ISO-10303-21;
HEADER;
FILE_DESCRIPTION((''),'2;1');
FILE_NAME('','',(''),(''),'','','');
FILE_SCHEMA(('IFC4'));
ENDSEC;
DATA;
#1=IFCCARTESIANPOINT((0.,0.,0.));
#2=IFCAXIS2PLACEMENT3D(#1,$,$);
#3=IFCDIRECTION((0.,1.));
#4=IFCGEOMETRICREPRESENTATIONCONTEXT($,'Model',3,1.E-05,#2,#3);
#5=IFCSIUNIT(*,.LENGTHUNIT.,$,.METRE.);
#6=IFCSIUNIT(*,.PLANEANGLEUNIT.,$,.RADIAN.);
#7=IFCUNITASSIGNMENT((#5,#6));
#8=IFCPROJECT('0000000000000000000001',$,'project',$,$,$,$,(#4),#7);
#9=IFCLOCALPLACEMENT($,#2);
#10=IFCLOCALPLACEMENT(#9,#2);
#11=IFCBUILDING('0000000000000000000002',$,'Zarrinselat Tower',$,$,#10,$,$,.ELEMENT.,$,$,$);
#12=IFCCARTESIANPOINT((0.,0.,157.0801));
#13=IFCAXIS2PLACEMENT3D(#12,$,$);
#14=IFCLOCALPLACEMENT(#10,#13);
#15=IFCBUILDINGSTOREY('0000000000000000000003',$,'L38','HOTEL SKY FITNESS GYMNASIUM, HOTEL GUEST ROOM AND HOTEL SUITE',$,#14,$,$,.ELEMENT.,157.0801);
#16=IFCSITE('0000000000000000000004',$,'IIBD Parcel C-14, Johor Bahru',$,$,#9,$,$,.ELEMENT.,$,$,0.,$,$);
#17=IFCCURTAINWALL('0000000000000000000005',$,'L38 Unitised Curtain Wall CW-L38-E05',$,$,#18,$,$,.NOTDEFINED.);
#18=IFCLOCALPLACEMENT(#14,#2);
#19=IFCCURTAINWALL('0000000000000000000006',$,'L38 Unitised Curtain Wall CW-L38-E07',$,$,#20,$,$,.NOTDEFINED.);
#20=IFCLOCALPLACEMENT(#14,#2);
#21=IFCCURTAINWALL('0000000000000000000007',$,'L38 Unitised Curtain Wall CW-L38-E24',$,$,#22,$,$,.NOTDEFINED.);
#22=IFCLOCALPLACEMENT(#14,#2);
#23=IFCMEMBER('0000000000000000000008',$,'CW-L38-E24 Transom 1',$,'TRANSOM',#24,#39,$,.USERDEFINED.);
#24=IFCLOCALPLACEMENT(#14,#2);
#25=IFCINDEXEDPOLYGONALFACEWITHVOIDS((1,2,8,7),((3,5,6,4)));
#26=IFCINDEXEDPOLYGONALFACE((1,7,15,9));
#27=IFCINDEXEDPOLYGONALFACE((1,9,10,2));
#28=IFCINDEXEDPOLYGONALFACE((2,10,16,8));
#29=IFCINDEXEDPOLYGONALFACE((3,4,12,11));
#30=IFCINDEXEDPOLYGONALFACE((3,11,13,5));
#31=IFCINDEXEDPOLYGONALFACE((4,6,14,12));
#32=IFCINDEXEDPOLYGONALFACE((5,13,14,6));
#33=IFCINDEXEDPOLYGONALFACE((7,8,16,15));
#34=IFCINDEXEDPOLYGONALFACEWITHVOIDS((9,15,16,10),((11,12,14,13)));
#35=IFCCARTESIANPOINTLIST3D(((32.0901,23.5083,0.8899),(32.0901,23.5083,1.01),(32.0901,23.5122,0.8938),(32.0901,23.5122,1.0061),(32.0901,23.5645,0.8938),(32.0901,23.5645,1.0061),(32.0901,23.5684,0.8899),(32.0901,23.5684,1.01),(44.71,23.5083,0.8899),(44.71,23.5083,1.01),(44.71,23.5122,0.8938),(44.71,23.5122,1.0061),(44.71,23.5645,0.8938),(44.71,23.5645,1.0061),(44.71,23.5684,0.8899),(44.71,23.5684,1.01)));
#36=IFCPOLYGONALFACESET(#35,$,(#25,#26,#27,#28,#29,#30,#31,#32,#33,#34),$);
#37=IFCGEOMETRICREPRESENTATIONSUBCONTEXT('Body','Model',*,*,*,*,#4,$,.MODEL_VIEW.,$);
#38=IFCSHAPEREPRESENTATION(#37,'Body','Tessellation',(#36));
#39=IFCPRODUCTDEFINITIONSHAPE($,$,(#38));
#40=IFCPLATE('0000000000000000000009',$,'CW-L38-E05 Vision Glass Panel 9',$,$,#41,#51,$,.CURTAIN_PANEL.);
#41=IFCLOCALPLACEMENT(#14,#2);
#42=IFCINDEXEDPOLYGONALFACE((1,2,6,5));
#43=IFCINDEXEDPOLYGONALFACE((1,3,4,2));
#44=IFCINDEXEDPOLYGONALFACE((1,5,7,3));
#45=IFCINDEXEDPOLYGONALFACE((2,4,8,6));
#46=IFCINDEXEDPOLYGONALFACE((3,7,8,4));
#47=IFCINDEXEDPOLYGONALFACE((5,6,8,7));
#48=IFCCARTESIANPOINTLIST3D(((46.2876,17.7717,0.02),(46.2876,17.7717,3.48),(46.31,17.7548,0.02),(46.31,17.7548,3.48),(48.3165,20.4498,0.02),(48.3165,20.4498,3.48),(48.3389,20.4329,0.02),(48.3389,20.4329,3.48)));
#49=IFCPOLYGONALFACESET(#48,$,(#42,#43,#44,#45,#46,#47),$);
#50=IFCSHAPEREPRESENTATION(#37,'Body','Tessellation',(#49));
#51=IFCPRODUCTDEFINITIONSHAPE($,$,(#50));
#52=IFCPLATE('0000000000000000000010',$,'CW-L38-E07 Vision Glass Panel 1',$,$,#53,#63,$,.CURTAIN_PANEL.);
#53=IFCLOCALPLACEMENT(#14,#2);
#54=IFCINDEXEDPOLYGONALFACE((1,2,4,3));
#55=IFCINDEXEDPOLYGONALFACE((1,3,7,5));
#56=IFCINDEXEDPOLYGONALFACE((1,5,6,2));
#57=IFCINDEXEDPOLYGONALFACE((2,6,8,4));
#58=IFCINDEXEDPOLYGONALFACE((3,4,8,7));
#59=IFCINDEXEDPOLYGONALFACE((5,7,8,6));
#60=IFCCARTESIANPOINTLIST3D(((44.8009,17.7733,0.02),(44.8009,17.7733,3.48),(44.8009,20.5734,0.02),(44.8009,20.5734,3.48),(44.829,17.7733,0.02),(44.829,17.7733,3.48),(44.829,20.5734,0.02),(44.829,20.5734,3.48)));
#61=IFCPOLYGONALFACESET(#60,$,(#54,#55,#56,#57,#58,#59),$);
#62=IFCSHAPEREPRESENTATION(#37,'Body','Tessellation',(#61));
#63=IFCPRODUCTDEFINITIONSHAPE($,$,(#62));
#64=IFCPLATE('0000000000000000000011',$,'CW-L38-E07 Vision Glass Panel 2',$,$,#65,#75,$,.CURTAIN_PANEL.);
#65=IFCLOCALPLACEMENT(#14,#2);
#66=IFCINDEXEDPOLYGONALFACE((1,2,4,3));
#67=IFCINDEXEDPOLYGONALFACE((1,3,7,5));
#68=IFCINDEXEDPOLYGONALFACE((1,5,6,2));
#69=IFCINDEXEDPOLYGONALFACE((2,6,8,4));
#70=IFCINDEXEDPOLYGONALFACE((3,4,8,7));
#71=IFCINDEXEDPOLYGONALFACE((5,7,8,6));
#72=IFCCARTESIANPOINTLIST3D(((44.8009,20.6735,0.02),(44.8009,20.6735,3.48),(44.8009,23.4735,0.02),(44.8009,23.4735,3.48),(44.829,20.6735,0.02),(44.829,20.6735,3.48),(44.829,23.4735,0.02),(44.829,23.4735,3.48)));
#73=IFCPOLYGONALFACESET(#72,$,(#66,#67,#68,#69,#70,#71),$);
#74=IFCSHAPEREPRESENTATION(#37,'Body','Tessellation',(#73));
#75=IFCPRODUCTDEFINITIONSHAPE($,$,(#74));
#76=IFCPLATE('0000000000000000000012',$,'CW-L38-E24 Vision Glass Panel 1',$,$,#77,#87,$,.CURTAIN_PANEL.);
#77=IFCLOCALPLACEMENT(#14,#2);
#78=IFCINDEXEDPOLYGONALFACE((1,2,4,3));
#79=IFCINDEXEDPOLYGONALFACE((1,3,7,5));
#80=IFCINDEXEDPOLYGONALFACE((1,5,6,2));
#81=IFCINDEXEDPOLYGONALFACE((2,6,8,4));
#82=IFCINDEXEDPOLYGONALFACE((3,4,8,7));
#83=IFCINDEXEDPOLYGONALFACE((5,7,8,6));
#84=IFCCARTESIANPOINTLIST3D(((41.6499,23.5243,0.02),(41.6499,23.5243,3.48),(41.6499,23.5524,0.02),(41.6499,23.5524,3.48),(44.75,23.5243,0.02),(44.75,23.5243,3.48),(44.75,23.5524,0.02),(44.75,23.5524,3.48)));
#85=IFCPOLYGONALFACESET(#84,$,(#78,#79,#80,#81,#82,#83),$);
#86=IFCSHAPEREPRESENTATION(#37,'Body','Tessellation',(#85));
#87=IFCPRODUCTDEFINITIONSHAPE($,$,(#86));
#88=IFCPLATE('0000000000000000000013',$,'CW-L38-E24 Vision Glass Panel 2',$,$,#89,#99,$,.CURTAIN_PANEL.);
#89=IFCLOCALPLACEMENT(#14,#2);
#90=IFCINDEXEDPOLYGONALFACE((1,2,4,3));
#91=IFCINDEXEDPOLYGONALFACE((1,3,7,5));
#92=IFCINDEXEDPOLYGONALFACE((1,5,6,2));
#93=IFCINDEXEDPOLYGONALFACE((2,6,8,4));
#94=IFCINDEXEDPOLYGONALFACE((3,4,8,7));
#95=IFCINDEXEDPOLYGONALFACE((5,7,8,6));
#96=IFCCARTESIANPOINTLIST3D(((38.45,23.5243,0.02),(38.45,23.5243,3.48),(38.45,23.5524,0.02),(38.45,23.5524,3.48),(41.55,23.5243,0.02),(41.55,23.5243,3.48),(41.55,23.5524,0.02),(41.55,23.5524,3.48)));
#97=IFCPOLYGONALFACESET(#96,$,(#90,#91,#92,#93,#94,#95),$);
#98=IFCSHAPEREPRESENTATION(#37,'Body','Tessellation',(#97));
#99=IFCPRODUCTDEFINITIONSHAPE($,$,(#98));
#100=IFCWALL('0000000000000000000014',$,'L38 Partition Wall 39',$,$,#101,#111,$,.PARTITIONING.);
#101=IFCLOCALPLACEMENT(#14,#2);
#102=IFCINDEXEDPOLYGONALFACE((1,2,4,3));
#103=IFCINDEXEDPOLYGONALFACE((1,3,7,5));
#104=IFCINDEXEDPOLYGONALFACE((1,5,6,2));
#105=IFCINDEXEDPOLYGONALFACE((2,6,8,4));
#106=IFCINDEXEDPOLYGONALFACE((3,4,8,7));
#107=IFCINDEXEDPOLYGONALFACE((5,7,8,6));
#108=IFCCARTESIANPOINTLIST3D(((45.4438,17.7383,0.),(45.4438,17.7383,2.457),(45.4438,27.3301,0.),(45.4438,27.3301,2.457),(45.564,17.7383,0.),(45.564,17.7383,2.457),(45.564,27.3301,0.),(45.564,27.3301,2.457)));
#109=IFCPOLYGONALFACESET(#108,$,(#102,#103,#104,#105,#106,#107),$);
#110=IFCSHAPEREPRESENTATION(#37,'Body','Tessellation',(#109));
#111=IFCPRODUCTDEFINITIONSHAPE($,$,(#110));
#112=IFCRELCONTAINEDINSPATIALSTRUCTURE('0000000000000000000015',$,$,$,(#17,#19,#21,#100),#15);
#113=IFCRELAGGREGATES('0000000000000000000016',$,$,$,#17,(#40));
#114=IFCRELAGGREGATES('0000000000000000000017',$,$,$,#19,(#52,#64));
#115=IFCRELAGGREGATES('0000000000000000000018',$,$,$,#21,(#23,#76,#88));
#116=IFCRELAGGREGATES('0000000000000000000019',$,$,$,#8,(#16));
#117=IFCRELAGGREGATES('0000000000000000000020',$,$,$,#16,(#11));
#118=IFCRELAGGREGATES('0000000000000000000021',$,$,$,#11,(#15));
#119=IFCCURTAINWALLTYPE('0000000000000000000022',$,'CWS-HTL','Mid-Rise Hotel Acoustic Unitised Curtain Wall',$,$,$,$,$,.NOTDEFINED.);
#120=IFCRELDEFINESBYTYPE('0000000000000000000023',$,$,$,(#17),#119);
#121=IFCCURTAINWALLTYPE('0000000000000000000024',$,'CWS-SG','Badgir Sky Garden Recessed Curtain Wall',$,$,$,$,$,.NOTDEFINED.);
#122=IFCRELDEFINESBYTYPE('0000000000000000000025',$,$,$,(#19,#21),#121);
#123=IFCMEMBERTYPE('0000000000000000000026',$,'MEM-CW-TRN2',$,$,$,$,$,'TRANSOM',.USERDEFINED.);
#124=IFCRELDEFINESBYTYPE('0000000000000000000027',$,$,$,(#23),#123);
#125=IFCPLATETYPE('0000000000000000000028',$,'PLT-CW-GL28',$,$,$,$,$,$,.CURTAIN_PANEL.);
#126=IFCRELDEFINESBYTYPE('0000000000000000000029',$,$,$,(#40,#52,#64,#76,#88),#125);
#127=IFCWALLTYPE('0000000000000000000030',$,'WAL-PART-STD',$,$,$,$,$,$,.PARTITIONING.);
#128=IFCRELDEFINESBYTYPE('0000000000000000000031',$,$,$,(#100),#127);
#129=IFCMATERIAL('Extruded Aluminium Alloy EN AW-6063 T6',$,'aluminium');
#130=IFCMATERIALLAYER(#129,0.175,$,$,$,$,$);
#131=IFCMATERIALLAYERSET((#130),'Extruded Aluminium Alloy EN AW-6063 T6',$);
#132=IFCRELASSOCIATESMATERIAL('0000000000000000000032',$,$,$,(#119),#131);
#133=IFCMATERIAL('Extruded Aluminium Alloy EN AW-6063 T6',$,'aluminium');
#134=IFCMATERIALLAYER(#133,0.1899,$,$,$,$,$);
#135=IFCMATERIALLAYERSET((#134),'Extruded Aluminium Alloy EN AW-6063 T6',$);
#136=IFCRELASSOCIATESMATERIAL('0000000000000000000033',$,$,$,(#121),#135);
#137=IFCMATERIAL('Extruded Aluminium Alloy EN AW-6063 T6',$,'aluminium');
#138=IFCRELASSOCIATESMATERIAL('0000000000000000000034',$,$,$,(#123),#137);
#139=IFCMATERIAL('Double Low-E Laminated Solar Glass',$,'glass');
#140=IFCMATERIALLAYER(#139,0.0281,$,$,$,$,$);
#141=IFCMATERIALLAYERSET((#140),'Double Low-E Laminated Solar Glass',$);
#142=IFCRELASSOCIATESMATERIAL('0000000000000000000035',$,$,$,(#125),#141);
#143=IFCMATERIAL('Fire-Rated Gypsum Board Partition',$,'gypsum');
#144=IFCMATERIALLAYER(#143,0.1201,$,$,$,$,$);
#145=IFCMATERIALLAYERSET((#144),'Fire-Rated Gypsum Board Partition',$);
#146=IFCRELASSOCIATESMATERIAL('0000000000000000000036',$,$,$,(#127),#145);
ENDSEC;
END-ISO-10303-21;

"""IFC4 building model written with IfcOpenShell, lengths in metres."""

from ifc_helpers import new_model, si_unit, direction, frame, frame_2d, origin, origin_2d, place, context, subcontext, project, spatial, rectangle, hollow_rectangle, extrude, material, layer, layer_set, material_profile, profile_set, type_object, element, aggregate, save


model = new_model("IFC4")

# Units and contexts
model_context = context("Model", 3, precision=1e-05, world=origin(), true_north=direction((0.0, 1.0)))
body_context = subcontext(model_context, "Body", "Model", "MODEL_VIEW")
ifc_project = project(units=[si_unit("LENGTHUNIT", "METRE"), si_unit("PLANEANGLEUNIT", "RADIAN")], contexts=[model_context])

# Site, building, storey
site_placement = place(None, origin())
site = spatial("IfcSite", under=ifc_project, at=site_placement, Name="IIBD Parcel C-14, Johor Bahru", CompositionType="ELEMENT", RefElevation=0.0)
building_placement = place(site_placement, origin())
building = spatial("IfcBuilding", under=site, at=building_placement, Name="Zarrinselat Tower", CompositionType="ELEMENT")
storey_placement = place(building_placement, frame((0.0, 0.0, 157.0801)))
storey = spatial("IfcBuildingStorey", under=building, at=storey_placement, Name="L38", Description="HOTEL SKY FITNESS GYMNASIUM, HOTEL GUEST ROOM AND HOTEL SUITE", CompositionType="ELEMENT", Elevation=157.0801)

# Curtain wall
ifc_material_1 = material(Name="Extruded Aluminium Alloy EN AW-6063 T6", Category="aluminium")
ifc_layer_1 = layer(ifc_material_1, 0.175)
ifc_layer_set_1 = layer_set([ifc_layer_1], Name="Extruded Aluminium Alloy EN AW-6063 T6")
curtain_wall_type_1 = type_object("IfcCurtainWallType", Name="CWS-HTL", Description="Mid-Rise Hotel Acoustic Unitised Curtain Wall", PredefinedType="NOTDEFINED", material=ifc_layer_set_1)
curtain_wall_1_placement = place(storey_placement, origin())
curtain_wall_1 = element("IfcCurtainWall", 1, at=curtain_wall_1_placement, inside=storey, type_object=curtain_wall_type_1, Name="L38 Unitised Curtain Wall CW-L38-E05", PredefinedType="NOTDEFINED")

# Curtain wall
ifc_material_2 = material(Name="Extruded Aluminium Alloy EN AW-6063 T6", Category="aluminium")
ifc_layer_2 = layer(ifc_material_2, 0.1899)
ifc_layer_set_2 = layer_set([ifc_layer_2], Name="Extruded Aluminium Alloy EN AW-6063 T6")
curtain_wall_type_2 = type_object("IfcCurtainWallType", Name="CWS-SG", Description="Badgir Sky Garden Recessed Curtain Wall", PredefinedType="NOTDEFINED", material=ifc_layer_set_2)
curtain_wall_2_placement = place(storey_placement, origin())
curtain_wall_2 = element("IfcCurtainWall", 2, at=curtain_wall_2_placement, inside=storey, type_object=curtain_wall_type_2, Name="L38 Unitised Curtain Wall CW-L38-E07", PredefinedType="NOTDEFINED")

# Curtain wall
curtain_wall_3_placement = place(storey_placement, origin())
curtain_wall_3 = element("IfcCurtainWall", 3, at=curtain_wall_3_placement, inside=storey, type_object=curtain_wall_type_2, Name="L38 Unitised Curtain Wall CW-L38-E24", PredefinedType="NOTDEFINED")

# Member
ifc_material_3 = material(Name="Extruded Aluminium Alloy EN AW-6063 T6", Category="aluminium")
ifc_material_profile_1 = material_profile(ifc_material_3, hollow_rectangle(XDim=0.0601, YDim=0.1201, WallThickness=0.0039, at=origin_2d()), Name="RHS 120x60x4")
ifc_profile_set_1 = profile_set([ifc_material_profile_1], Name="Extruded Aluminium Alloy EN AW-6063 T6")
member_type_1 = type_object("IfcMemberType", Name="MEM-CW-TRN2", ElementType="TRANSOM", PredefinedType="USERDEFINED", material=ifc_profile_set_1)
member_1_placement = place(storey_placement, frame((44.71, 23.5383, 0.95), z_axis=(-1.0, 0.0, 0.0), x_axis=(0.0, -1.0, 0.0)))
member_1 = element("IfcMember", 4, at=member_1_placement, type_object=member_type_1, Name="CW-L38-E24 Transom 1", ObjectType="TRANSOM", PredefinedType="USERDEFINED", context=body_context, shape_type="SweptSolid", body=[
    extrude(hollow_rectangle(XDim=0.0601, YDim=0.1201, WallThickness=0.0039, at=origin_2d()), origin(), (0.0, 0.0, 1.0), 12.6199),
])

# Plates
ifc_material_4 = material(Name="Double Low-E Laminated Solar Glass", Category="glass")
ifc_layer_3 = layer(ifc_material_4, 0.0281)
ifc_layer_set_3 = layer_set([ifc_layer_3], Name="Double Low-E Laminated Solar Glass")
plate_type = type_object("IfcPlateType", Name="PLT-CW-GL28", PredefinedType="CURTAIN_PANEL", material=ifc_layer_set_3)
plate_1_placement = place(storey_placement, frame((47.3132, 19.1023, 0.02), z_axis=(0.0, 0.0, 1.0), x_axis=(-0.603859, -0.797092, 0.0)))
plate_1 = element("IfcPlate", 5, at=plate_1_placement, type_object=plate_type, Name="CW-L38-E05 Vision Glass Panel 9", PredefinedType="CURTAIN_PANEL", context=body_context, shape_type="SweptSolid", body=[
    extrude(rectangle(XDim=3.3599, YDim=0.0281, at=origin_2d()), origin(), (0.0, 0.0, 1.0), 3.46),
])
aggregate(curtain_wall_1, [plate_1])
plate_2_placement = place(storey_placement, frame((44.8149, 19.1733, 0.02), z_axis=(0.0, 0.0, 1.0), x_axis=(0.0, 1.0, 0.0)))
plate_2 = element("IfcPlate", 6, at=plate_2_placement, type_object=plate_type, Name="CW-L38-E07 Vision Glass Panel 1", PredefinedType="CURTAIN_PANEL", context=body_context, shape_type="SweptSolid", body=[
    extrude(rectangle(XDim=2.8, YDim=0.0281, at=origin_2d()), origin(), (0.0, 0.0, 1.0), 3.46),
])
plate_3_placement = place(storey_placement, frame((44.8149, 22.0735, 0.02), z_axis=(0.0, 0.0, 1.0), x_axis=(0.0, 1.0, 0.0)))
plate_3 = element("IfcPlate", 7, at=plate_3_placement, type_object=plate_type, Name="CW-L38-E07 Vision Glass Panel 2", PredefinedType="CURTAIN_PANEL", context=body_context, shape_type="SweptSolid", body=[
    extrude(rectangle(XDim=2.8, YDim=0.0281, at=origin_2d()), origin(), (0.0, 0.0, 1.0), 3.46),
])
aggregate(curtain_wall_2, [plate_2, plate_3])
plate_4_placement = place(storey_placement, frame((43.2, 23.5383, 0.02), z_axis=(0.0, 0.0, 1.0), x_axis=(-1.0, 0.0, 0.0)))
plate_4 = element("IfcPlate", 8, at=plate_4_placement, type_object=plate_type, Name="CW-L38-E24 Vision Glass Panel 1", PredefinedType="CURTAIN_PANEL", context=body_context, shape_type="SweptSolid", body=[
    extrude(rectangle(XDim=3.1001, YDim=0.0281, at=origin_2d()), origin(), (0.0, 0.0, 1.0), 3.46),
])
plate_5_placement = place(storey_placement, frame((40.0, 23.5383, 0.02), z_axis=(0.0, 0.0, 1.0), x_axis=(-1.0, 0.0, 0.0)))
plate_5 = element("IfcPlate", 9, at=plate_5_placement, type_object=plate_type, Name="CW-L38-E24 Vision Glass Panel 2", PredefinedType="CURTAIN_PANEL", context=body_context, shape_type="SweptSolid", body=[
    extrude(rectangle(XDim=3.1001, YDim=0.0281, at=origin_2d()), origin(), (0.0, 0.0, 1.0), 3.46),
])
aggregate(curtain_wall_3, [member_1, plate_4, plate_5])

# Wall
ifc_material_5 = material(Name="Fire-Rated Gypsum Board Partition", Category="gypsum")
ifc_layer_4 = layer(ifc_material_5, 0.1201)
ifc_layer_set_4 = layer_set([ifc_layer_4], Name="Fire-Rated Gypsum Board Partition")
wall_type = type_object("IfcWallType", Name="WAL-PART-STD", PredefinedType="PARTITIONING", material=ifc_layer_set_4)
wall_placement = place(storey_placement, frame((45.5039, 17.7383, 0.0), z_axis=(0.0, 0.0, 1.0), x_axis=(0.0, 1.0, 0.0)))
element("IfcWall", 10, at=wall_placement, inside=storey, type_object=wall_type, Name="L38 Partition Wall 39", PredefinedType="PARTITIONING", context=body_context, shape_type="SweptSolid", body=[
    extrude(rectangle(XDim=9.5918, YDim=0.1201, at=frame_2d((4.7959, 0.0))), origin(), (0.0, 0.0, 1.0), 2.457),
])

save(model, "model.ifc")
